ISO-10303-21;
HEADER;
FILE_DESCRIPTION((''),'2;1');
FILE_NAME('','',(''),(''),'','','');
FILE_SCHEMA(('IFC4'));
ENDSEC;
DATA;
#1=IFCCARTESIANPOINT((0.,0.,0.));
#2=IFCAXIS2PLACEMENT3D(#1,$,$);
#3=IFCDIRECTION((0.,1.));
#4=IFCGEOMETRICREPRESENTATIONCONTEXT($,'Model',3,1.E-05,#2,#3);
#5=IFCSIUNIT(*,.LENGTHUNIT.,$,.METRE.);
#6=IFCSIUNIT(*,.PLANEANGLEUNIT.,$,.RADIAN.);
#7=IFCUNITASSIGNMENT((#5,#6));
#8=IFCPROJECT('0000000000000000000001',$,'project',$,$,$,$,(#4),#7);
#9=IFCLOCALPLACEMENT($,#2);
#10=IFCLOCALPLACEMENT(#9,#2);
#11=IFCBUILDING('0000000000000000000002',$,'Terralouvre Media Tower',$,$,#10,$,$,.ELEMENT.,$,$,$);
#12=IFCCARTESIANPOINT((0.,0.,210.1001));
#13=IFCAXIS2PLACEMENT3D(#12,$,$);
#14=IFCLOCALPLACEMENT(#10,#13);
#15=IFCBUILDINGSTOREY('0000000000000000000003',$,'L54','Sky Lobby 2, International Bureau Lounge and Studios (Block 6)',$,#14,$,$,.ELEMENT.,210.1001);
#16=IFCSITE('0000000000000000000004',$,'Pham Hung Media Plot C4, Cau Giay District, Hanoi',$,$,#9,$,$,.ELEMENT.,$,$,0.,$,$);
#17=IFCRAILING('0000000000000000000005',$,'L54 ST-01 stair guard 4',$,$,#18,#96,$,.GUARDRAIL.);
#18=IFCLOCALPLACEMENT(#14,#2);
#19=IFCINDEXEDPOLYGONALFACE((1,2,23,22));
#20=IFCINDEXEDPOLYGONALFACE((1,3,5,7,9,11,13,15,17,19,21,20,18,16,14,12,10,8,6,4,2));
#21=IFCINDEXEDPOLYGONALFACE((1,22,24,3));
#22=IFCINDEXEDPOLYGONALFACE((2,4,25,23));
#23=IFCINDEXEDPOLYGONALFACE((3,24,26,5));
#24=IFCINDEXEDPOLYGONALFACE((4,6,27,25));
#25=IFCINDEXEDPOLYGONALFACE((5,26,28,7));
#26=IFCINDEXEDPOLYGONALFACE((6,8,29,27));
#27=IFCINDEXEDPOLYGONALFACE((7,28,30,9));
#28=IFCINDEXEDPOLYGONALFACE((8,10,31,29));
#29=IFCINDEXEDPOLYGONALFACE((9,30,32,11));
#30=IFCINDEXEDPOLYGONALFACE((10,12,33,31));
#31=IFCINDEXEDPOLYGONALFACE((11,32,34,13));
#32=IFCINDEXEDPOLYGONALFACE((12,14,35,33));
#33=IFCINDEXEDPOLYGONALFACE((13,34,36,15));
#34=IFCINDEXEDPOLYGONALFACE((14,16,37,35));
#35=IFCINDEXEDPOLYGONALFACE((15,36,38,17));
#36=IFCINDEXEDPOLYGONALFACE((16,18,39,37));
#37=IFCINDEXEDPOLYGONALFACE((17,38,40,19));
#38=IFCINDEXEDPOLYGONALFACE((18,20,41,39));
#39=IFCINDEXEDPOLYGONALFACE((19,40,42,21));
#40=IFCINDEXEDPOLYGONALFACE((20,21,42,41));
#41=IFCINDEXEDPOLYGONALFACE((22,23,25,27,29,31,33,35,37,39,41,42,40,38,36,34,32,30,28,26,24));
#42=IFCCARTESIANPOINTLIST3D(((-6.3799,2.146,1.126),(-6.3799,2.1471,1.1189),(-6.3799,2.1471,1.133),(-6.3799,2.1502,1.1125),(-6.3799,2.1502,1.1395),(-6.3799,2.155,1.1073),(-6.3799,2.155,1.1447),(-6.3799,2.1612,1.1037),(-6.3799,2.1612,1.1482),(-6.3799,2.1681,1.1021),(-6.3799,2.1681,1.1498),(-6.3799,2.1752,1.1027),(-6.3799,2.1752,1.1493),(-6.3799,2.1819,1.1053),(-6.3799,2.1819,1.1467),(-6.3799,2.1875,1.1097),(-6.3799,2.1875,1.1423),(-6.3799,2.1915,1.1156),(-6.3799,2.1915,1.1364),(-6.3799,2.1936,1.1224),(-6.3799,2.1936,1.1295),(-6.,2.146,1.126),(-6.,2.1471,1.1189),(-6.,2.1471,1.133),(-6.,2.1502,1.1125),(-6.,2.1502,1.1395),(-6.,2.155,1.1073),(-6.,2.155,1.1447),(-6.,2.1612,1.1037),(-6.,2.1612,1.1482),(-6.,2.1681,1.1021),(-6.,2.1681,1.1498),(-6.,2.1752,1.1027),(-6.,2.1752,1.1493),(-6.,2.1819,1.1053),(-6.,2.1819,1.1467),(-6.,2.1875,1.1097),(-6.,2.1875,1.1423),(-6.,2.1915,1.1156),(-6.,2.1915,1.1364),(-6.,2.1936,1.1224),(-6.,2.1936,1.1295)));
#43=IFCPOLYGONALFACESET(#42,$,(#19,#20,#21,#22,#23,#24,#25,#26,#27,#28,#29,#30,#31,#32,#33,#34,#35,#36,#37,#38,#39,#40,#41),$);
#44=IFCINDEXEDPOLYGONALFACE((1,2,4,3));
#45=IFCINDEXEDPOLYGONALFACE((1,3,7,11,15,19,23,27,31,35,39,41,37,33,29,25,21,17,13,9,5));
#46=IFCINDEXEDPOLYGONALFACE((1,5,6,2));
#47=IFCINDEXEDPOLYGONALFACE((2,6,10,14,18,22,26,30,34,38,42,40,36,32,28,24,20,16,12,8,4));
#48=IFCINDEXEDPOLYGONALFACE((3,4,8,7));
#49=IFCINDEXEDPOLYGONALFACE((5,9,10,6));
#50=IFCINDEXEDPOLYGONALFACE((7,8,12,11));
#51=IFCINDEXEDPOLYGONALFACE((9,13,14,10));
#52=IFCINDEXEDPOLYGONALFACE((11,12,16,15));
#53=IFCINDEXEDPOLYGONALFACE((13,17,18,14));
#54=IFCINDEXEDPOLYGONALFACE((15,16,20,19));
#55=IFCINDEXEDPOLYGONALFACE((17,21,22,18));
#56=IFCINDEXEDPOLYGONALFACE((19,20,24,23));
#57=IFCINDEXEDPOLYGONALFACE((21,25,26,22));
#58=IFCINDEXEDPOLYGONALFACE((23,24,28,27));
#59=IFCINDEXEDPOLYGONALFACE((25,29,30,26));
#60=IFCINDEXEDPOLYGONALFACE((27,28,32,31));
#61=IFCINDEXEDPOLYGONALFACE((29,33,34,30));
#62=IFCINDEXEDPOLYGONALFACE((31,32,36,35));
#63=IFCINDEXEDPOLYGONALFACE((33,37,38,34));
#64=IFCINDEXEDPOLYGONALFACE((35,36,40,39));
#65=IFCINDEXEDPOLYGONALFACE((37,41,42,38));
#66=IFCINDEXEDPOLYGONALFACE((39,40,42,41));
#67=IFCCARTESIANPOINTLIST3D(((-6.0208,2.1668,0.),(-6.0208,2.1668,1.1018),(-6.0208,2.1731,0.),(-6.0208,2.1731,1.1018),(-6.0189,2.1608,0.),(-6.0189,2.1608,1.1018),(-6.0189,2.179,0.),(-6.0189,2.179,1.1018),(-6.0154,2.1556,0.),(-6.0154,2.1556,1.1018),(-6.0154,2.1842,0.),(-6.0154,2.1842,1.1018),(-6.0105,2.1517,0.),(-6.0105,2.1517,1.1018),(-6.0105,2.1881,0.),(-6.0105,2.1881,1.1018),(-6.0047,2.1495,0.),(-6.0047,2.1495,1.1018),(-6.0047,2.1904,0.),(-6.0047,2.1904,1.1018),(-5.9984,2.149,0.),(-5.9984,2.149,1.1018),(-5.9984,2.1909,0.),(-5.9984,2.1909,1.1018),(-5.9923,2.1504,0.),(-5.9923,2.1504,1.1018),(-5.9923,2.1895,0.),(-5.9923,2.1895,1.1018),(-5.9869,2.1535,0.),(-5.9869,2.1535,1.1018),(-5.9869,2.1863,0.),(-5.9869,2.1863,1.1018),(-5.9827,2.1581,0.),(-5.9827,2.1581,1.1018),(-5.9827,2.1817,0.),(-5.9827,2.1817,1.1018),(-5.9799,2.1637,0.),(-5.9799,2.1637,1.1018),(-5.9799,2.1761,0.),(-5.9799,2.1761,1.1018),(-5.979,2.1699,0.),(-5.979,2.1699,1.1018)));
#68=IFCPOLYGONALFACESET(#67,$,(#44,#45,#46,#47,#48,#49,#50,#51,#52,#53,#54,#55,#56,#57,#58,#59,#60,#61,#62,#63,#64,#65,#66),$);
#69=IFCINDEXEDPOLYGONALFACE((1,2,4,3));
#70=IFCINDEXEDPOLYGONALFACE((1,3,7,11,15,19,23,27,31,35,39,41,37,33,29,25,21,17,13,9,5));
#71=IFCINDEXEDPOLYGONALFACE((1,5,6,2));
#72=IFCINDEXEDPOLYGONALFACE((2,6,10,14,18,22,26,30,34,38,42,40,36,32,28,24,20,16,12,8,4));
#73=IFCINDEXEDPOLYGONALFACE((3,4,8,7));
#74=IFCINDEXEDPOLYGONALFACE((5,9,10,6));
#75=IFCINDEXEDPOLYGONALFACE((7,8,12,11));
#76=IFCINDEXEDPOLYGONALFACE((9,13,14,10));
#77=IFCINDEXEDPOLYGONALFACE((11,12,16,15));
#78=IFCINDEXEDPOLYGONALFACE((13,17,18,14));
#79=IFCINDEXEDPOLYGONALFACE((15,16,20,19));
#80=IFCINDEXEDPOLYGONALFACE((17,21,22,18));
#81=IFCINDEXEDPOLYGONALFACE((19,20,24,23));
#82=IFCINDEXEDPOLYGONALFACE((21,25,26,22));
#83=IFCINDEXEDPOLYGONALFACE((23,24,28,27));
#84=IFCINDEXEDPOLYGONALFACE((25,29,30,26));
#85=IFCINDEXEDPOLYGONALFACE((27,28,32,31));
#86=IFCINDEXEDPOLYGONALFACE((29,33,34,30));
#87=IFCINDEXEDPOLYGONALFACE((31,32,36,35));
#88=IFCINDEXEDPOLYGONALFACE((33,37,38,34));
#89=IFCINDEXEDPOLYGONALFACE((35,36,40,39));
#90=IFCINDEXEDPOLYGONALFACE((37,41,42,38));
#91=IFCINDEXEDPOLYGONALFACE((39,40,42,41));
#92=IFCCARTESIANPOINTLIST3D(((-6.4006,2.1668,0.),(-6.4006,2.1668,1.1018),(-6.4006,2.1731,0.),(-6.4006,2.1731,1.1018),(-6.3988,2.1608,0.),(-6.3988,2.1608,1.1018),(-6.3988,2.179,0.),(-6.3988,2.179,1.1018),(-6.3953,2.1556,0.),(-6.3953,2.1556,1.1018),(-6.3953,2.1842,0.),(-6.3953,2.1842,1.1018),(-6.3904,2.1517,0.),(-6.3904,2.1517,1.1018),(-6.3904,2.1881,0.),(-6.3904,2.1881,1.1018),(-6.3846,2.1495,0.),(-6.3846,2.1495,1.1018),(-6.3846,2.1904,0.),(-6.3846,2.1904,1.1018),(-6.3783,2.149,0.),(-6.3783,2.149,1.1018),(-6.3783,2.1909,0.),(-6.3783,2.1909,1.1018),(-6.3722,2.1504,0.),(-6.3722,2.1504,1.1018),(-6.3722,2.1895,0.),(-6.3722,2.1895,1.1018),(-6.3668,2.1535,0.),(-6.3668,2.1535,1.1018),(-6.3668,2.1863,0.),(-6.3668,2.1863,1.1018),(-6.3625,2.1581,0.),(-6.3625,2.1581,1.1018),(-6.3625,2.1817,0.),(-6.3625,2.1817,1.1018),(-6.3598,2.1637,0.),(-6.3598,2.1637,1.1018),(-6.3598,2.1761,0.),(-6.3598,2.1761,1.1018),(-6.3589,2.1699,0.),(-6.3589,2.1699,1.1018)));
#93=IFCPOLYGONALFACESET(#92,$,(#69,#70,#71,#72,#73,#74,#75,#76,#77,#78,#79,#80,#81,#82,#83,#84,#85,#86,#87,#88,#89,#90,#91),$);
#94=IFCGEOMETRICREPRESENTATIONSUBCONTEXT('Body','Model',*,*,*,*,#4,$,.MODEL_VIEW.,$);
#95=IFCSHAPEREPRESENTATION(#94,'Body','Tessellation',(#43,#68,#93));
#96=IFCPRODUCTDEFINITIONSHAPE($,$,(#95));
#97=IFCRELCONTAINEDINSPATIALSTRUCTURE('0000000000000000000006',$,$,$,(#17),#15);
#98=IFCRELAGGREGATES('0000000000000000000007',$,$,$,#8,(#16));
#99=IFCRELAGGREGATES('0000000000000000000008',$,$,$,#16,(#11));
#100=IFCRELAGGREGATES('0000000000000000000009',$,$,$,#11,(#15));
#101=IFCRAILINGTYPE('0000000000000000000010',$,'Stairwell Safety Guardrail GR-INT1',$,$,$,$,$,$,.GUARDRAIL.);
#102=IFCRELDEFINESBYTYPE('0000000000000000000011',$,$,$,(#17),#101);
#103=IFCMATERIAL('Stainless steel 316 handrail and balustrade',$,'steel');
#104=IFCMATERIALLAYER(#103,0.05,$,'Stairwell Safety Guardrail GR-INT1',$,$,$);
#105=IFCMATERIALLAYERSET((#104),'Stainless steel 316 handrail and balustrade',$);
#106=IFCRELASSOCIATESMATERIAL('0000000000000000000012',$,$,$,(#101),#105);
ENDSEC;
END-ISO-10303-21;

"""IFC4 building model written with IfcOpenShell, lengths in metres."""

from ifc_helpers import new_model, si_unit, direction, frame, origin, origin_2d, place, context, subcontext, project, spatial, circle, extrude, material, layer, layer_set, type_object, element, save


model = new_model("IFC4")

# Units and contexts
model_context = context("Model", 3, precision=1e-05, world=origin(), true_north=direction((0.0, 1.0)))
body_context = subcontext(model_context, "Body", "Model", "MODEL_VIEW")
ifc_project = project(units=[si_unit("LENGTHUNIT", "METRE"), si_unit("PLANEANGLEUNIT", "RADIAN")], contexts=[model_context])

# Site, building, storey
site_placement = place(None, origin())
site = spatial("IfcSite", under=ifc_project, at=site_placement, Name="Pham Hung Media Plot C4, Cau Giay District, Hanoi", CompositionType="ELEMENT", RefElevation=0.0)
building_placement = place(site_placement, origin())
building = spatial("IfcBuilding", under=site, at=building_placement, Name="Terralouvre Media Tower", CompositionType="ELEMENT")
storey_placement = place(building_placement, frame((0.0, 0.0, 210.1001)))
storey = spatial("IfcBuildingStorey", under=building, at=storey_placement, Name="L54", Description="Sky Lobby 2, International Bureau Lounge and Studios (Block 6)", CompositionType="ELEMENT", Elevation=210.1001)

# Railing
ifc_material_1 = material(Name="Stainless steel 316 handrail and balustrade", Category="steel")
ifc_layer_1 = layer(ifc_material_1, 0.05, Name="Stairwell Safety Guardrail GR-INT1")
ifc_layer_set_1 = layer_set([ifc_layer_1], Name="Stainless steel 316 handrail and balustrade")
railing_type_1 = type_object("IfcRailingType", Name="Stairwell Safety Guardrail GR-INT1", PredefinedType="GUARDRAIL", material=ifc_layer_set_1)
railing_1_placement = place(storey_placement, frame((-6.0, 2.1699, 0.0)))
element("IfcRailing", 1, at=railing_1_placement, inside=storey, type_object=railing_type_1, Name="L54 ST-01 stair guard 4", PredefinedType="GUARDRAIL", context=body_context, shape_type="SweptSolid", body=[
    extrude(circle(Radius=0.0239, at=origin_2d()), frame((0.0, 0.0, 1.126), z_axis=(-1.0, 0.0, 0.0), x_axis=(0.0, -1.0, 0.0)), (0.0, 0.0, 1.0), 0.3799),
    extrude(circle(Radius=0.021, at=origin_2d()), origin(), (0.0, 0.0, 1.0), 1.1018),
    extrude(circle(Radius=0.021, at=origin_2d()), frame((-0.3799, 0.0, 0.0)), (0.0, 0.0, 1.0), 1.1018),
])

save(model, "model.ifc")
